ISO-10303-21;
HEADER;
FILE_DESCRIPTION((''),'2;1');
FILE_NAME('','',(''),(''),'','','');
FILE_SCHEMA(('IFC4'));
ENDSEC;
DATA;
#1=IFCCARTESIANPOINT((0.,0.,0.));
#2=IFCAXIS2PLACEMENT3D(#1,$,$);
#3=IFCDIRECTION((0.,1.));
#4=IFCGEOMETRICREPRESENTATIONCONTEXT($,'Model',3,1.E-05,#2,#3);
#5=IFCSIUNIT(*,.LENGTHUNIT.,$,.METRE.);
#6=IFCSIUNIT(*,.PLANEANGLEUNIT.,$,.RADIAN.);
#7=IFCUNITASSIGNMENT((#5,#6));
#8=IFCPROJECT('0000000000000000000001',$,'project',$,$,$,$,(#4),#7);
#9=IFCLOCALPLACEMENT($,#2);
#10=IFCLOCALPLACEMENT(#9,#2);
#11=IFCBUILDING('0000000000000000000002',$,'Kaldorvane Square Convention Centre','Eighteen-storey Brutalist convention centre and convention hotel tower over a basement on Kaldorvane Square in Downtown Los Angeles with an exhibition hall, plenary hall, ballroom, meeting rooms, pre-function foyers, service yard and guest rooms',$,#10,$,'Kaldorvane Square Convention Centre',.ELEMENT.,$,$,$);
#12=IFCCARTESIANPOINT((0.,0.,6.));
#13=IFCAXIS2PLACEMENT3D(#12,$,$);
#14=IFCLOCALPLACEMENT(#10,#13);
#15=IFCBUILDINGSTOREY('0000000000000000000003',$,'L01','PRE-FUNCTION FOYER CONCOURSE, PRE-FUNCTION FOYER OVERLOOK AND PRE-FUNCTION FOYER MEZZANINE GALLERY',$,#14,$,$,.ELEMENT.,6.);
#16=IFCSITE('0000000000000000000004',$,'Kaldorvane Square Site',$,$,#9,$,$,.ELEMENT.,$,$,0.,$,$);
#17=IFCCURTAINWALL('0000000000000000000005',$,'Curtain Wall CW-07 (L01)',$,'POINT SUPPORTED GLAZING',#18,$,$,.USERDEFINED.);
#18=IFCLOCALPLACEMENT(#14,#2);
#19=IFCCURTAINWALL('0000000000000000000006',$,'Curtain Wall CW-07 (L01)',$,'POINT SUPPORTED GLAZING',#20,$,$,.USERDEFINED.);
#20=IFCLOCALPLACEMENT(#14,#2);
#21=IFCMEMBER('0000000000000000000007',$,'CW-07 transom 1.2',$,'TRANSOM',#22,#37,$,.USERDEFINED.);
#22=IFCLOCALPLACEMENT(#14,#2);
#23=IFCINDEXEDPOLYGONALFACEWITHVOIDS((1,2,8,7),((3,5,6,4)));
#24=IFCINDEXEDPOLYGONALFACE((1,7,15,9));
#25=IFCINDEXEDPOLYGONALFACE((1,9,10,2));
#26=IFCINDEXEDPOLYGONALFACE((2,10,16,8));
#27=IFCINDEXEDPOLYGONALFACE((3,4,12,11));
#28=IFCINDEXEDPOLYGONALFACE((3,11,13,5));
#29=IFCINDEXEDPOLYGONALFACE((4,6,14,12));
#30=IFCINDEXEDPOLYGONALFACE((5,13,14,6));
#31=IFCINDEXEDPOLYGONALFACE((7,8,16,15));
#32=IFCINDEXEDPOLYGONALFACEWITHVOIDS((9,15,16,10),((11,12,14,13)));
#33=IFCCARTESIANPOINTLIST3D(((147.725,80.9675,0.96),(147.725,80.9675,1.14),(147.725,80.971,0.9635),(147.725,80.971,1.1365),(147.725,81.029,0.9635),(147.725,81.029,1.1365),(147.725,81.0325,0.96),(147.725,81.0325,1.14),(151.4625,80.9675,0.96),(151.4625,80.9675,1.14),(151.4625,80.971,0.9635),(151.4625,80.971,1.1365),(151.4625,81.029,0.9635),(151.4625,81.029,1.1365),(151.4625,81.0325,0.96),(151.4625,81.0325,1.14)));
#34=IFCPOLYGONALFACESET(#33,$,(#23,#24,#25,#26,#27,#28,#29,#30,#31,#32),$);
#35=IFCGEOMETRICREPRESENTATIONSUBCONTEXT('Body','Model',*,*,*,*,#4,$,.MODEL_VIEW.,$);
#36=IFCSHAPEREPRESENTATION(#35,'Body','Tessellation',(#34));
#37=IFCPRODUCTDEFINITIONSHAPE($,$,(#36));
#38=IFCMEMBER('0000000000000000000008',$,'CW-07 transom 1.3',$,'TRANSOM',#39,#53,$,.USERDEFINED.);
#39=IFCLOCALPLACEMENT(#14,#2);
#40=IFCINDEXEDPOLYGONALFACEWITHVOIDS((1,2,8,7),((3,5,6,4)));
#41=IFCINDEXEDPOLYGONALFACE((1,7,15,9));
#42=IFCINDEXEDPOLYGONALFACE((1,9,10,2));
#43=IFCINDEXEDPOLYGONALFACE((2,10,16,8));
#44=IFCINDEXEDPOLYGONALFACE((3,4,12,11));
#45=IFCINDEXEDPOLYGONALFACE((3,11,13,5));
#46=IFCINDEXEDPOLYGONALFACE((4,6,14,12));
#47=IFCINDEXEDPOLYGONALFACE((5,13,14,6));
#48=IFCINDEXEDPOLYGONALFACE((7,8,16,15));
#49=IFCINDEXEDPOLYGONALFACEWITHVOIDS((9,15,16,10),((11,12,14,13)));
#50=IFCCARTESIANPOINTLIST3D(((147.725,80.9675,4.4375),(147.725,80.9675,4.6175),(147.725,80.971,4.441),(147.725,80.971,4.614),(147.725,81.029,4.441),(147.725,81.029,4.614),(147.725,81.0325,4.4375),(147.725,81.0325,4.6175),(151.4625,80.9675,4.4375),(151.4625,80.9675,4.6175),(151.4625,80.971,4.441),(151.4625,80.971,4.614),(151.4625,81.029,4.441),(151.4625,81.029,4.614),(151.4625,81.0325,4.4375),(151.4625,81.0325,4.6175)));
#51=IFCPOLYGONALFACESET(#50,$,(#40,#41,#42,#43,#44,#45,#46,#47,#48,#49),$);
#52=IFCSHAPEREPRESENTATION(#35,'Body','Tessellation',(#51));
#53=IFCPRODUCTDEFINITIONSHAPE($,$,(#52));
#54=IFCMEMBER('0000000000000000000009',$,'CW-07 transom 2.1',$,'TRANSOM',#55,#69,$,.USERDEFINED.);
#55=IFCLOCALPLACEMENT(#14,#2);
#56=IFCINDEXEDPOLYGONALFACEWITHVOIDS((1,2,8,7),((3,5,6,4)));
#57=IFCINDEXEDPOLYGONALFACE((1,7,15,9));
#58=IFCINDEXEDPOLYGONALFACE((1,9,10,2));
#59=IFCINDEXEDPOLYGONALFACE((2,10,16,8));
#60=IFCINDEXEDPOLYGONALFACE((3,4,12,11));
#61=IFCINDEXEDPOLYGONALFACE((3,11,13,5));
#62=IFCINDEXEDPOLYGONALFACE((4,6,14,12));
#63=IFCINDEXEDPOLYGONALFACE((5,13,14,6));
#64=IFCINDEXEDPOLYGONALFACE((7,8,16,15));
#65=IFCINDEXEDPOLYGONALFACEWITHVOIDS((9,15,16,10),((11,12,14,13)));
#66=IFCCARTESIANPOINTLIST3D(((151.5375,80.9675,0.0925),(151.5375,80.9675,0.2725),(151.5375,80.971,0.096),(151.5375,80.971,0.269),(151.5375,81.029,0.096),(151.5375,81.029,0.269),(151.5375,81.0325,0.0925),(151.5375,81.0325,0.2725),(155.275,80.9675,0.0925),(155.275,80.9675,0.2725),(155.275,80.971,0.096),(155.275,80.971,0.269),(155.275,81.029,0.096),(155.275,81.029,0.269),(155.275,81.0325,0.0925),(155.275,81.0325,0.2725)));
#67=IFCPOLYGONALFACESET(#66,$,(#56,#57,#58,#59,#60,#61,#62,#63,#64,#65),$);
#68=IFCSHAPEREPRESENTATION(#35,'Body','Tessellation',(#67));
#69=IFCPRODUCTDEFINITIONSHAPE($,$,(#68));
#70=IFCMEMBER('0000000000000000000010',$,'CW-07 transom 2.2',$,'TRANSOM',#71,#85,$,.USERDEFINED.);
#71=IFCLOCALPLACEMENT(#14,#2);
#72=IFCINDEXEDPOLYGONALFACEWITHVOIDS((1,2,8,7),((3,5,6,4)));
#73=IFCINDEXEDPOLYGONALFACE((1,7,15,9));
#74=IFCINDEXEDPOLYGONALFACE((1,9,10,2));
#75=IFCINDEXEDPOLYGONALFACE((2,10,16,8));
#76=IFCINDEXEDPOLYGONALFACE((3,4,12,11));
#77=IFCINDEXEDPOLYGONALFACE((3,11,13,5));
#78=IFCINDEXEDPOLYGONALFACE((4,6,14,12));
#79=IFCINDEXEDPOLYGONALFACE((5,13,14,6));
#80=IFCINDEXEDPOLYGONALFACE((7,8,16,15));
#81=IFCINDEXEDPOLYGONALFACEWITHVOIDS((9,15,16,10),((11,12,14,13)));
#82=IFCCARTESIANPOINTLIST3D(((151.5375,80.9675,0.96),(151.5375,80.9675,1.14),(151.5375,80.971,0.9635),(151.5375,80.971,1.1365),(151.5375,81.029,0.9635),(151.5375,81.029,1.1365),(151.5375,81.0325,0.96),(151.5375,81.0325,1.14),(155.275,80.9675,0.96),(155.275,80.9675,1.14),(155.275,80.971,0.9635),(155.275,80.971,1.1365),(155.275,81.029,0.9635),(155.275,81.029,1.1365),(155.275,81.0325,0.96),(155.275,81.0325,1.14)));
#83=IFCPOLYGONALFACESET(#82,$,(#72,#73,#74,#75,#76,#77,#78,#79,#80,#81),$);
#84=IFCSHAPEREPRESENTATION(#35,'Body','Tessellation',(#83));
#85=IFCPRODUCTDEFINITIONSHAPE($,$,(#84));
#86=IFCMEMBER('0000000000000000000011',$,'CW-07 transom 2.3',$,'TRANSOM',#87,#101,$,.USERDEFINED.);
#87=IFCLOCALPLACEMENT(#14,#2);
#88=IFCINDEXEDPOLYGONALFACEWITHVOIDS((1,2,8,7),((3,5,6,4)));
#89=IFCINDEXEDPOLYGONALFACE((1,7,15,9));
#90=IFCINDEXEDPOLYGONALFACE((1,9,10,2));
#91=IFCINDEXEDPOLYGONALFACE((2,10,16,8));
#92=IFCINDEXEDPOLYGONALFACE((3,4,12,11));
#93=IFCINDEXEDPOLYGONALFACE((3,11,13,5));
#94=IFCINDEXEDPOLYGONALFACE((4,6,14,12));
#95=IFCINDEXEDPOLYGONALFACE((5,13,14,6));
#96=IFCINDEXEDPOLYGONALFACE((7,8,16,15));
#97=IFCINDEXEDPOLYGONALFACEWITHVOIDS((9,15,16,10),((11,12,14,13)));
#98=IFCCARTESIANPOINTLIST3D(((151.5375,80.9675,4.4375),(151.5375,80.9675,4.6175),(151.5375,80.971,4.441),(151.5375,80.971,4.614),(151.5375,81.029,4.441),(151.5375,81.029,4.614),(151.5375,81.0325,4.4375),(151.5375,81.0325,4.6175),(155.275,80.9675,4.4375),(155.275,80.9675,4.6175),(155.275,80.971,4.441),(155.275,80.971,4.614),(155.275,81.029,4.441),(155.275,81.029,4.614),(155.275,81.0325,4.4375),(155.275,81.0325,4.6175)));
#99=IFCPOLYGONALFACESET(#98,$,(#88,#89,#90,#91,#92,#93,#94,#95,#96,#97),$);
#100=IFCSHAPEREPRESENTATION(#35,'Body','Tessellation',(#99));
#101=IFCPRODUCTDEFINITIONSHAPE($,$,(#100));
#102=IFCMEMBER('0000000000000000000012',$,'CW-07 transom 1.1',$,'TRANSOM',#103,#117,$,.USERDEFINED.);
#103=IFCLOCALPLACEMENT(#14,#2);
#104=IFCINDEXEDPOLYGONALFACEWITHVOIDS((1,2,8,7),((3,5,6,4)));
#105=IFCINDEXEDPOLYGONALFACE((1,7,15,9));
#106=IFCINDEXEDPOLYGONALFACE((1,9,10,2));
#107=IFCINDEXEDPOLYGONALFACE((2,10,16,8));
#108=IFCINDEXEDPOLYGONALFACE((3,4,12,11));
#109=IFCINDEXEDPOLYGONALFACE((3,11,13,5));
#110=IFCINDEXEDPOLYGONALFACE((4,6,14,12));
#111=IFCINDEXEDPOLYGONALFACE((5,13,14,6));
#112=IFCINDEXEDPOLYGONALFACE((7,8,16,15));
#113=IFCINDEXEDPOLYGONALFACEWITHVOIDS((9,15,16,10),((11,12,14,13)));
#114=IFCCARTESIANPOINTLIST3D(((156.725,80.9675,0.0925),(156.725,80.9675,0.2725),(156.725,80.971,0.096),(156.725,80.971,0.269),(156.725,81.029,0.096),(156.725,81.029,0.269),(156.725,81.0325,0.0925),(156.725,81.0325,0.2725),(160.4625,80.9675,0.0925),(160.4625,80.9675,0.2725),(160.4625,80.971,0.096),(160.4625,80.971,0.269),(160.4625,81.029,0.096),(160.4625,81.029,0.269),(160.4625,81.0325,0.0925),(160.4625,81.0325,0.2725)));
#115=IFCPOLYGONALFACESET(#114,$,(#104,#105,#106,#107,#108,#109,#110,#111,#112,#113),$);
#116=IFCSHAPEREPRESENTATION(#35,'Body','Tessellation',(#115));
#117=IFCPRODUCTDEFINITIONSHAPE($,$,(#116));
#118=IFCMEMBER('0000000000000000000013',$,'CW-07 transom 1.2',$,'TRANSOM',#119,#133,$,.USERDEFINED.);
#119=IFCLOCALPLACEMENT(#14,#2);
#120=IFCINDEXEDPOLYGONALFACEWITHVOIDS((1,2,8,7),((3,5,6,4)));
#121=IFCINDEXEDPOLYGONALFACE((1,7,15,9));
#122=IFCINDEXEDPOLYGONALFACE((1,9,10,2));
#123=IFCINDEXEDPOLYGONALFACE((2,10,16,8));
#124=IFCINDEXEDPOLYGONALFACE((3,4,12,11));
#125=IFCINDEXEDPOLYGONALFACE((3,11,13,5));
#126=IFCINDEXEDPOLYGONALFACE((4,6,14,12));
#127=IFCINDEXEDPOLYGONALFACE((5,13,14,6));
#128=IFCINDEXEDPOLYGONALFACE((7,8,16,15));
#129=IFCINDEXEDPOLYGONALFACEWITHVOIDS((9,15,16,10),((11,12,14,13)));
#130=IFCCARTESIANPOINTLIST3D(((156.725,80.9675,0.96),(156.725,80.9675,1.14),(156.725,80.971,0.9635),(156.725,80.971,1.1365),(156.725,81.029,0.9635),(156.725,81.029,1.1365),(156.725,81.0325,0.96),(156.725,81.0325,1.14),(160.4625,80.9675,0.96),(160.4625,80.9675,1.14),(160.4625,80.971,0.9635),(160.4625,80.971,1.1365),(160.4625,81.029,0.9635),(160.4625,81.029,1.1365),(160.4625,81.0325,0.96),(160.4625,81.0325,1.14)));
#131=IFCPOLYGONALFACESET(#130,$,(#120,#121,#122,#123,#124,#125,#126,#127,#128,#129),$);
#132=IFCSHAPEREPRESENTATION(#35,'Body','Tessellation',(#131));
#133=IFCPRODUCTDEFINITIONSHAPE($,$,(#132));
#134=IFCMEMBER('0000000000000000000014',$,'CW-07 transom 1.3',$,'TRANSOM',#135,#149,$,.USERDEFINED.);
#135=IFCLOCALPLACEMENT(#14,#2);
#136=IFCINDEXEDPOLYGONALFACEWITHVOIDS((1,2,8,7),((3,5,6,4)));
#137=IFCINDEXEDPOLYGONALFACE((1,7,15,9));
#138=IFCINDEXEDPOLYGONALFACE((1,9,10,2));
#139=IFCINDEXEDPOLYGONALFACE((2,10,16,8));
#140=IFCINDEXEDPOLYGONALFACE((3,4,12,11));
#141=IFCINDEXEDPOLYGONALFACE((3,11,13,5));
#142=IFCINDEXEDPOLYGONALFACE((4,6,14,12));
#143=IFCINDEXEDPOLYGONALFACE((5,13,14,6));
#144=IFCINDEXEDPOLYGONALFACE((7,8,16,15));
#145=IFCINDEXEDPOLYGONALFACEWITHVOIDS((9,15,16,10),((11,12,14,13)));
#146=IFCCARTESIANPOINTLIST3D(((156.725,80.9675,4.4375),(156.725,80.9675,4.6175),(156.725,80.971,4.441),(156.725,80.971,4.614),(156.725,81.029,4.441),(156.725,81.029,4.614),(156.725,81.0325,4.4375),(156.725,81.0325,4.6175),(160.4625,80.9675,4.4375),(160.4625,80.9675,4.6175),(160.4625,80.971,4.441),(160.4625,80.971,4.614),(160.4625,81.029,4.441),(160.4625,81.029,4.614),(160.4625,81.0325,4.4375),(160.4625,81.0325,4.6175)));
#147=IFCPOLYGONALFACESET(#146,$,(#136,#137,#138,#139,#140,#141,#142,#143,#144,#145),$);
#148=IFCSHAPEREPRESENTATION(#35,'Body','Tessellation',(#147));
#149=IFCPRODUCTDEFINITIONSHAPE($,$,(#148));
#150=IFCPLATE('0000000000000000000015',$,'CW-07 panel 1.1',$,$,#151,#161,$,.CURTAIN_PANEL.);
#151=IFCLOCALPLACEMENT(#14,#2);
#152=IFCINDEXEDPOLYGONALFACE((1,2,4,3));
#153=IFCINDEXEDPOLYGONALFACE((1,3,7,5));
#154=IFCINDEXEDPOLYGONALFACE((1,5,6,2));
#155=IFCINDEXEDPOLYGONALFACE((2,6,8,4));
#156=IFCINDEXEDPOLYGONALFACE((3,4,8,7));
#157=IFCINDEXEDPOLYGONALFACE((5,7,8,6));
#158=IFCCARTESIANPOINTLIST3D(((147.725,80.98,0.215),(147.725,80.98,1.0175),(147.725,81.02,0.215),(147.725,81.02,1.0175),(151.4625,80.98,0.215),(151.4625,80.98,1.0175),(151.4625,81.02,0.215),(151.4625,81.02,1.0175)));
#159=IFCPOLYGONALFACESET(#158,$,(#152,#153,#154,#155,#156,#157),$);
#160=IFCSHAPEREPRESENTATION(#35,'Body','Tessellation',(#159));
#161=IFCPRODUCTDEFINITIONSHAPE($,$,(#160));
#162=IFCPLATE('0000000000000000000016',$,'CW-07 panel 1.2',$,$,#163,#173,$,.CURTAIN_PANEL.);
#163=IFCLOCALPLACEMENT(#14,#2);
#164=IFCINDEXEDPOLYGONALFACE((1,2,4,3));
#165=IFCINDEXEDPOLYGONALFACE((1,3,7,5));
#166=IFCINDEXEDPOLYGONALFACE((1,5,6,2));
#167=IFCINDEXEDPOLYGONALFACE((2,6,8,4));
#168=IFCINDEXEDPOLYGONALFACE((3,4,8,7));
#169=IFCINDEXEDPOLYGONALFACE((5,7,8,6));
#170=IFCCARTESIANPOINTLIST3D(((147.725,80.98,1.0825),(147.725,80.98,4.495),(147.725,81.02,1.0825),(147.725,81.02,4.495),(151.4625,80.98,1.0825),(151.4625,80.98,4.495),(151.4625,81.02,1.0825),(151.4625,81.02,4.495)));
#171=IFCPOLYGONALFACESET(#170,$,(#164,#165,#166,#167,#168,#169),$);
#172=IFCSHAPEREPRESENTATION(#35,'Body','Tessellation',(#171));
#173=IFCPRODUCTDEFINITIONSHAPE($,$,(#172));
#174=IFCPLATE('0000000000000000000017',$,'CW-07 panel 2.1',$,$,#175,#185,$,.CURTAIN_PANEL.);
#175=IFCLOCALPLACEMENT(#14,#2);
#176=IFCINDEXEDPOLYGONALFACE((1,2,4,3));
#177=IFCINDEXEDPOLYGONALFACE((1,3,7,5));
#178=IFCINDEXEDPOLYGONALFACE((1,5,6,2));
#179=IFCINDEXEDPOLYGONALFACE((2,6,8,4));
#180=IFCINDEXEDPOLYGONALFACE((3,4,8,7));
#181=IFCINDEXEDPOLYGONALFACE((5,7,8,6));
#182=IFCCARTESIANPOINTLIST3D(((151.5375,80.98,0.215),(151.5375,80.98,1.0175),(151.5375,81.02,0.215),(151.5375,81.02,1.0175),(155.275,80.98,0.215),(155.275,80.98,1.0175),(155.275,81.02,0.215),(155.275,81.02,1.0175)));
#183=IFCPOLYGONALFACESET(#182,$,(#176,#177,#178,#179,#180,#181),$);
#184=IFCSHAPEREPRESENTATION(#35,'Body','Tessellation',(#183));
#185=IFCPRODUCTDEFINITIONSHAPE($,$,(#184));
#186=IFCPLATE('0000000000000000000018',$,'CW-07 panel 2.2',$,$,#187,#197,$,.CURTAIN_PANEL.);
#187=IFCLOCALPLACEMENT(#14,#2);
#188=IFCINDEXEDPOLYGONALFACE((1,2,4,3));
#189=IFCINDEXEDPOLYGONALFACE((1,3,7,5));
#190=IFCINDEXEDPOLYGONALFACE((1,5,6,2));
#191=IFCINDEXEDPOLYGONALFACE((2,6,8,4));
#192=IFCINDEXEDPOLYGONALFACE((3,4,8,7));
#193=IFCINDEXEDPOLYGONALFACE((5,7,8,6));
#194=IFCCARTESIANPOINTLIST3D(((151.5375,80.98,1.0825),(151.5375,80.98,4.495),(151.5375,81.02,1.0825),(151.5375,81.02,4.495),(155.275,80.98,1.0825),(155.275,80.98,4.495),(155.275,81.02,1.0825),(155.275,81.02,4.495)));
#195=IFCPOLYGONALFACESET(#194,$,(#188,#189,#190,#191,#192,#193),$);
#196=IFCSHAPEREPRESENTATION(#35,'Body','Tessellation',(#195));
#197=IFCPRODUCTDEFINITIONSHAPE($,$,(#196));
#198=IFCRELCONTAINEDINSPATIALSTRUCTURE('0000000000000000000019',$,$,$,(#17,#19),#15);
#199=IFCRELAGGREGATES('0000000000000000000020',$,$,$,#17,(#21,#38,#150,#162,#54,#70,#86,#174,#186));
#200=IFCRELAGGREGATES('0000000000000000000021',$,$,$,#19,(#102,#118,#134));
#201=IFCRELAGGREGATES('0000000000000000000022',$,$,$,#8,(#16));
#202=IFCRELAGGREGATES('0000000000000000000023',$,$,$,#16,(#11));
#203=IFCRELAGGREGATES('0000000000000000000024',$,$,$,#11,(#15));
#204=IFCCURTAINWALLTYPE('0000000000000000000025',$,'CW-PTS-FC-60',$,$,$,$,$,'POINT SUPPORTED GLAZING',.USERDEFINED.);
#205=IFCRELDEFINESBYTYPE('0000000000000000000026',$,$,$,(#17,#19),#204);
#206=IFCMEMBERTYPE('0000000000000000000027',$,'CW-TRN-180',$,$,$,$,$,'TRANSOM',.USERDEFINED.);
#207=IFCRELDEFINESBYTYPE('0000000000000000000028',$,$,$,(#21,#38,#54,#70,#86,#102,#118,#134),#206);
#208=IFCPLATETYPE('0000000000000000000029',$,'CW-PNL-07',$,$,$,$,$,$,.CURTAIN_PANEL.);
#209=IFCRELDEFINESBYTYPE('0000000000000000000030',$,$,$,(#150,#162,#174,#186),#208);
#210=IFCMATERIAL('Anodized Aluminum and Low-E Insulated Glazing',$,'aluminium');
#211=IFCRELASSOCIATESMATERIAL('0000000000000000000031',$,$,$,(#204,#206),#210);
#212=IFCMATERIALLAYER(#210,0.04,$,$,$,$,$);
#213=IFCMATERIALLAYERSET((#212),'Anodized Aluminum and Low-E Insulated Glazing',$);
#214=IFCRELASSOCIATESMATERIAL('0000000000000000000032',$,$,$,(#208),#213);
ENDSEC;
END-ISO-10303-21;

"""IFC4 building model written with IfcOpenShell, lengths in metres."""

from ifc_helpers import new_model, si_unit, direction, frame, origin, origin_2d, place, context, subcontext, project, spatial, rectangle, hollow_rectangle, extrude, material, layer, layer_set, material_profile, profile_set, type_object, element, aggregate, save


model = new_model("IFC4")

# Units and contexts
model_context = context("Model", 3, precision=1e-05, world=origin(), true_north=direction((0.0, 1.0)))
body_context = subcontext(model_context, "Body", "Model", "MODEL_VIEW")
ifc_project = project(units=[si_unit("LENGTHUNIT", "METRE"), si_unit("PLANEANGLEUNIT", "RADIAN")], contexts=[model_context])

# Site, building, storey
site_placement = place(None, origin())
site = spatial("IfcSite", under=ifc_project, at=site_placement, Name="Kaldorvane Square Site", CompositionType="ELEMENT", RefElevation=0.0)
building_placement = place(site_placement, origin())
building = spatial("IfcBuilding", under=site, at=building_placement, Name="Kaldorvane Square Convention Centre", Description="Eighteen-storey Brutalist convention centre and convention hotel tower over a basement on Kaldorvane Square in Downtown Los Angeles with an exhibition hall, plenary hall, ballroom, meeting rooms, pre-function foyers, service yard and guest rooms", LongName="Kaldorvane Square Convention Centre", CompositionType="ELEMENT")
storey_placement = place(building_placement, frame((0.0, 0.0, 6.0)))
storey = spatial("IfcBuildingStorey", under=building, at=storey_placement, Name="L01", Description="PRE-FUNCTION FOYER CONCOURSE, PRE-FUNCTION FOYER OVERLOOK AND PRE-FUNCTION FOYER MEZZANINE GALLERY", CompositionType="ELEMENT", Elevation=6.0)

# Curtain wall
ifc_material_1 = material(Name="Anodized Aluminum and Low-E Insulated Glazing", Category="aluminium")
curtain_wall_type = type_object("IfcCurtainWallType", Name="CW-PTS-FC-60", ElementType="POINT SUPPORTED GLAZING", PredefinedType="USERDEFINED", material=ifc_material_1)
curtain_wall_1_placement = place(storey_placement, origin())
curtain_wall_1 = element("IfcCurtainWall", 1, at=curtain_wall_1_placement, inside=storey, type_object=curtain_wall_type, Name="Curtain Wall CW-07 (L01)", ObjectType="POINT SUPPORTED GLAZING", PredefinedType="USERDEFINED")

# Curtain wall
curtain_wall_2_placement = place(storey_placement, origin())
curtain_wall_2 = element("IfcCurtainWall", 2, at=curtain_wall_2_placement, inside=storey, type_object=curtain_wall_type, Name="Curtain Wall CW-07 (L01)", ObjectType="POINT SUPPORTED GLAZING", PredefinedType="USERDEFINED")

# Members
ifc_material_profile_1 = material_profile(ifc_material_1, hollow_rectangle(XDim=0.065, YDim=0.18, WallThickness=0.0035, at=origin_2d()), Name="CWT-180X65")
ifc_profile_set_1 = profile_set([ifc_material_profile_1], Name="Anodized Aluminum and Low-E Insulated Glazing")
member_type_1 = type_object("IfcMemberType", Name="CW-TRN-180", ElementType="TRANSOM", PredefinedType="USERDEFINED", material=ifc_profile_set_1)
member_1_placement = place(storey_placement, frame((147.725, 81.0, 1.05), z_axis=(1.0, 0.0, 0.0), x_axis=(0.0, 1.0, 0.0)))
member_1 = element("IfcMember", 3, at=member_1_placement, type_object=member_type_1, Name="CW-07 transom 1.2", ObjectType="TRANSOM", PredefinedType="USERDEFINED", context=body_context, shape_type="SweptSolid", body=[
    extrude(hollow_rectangle(XDim=0.065, YDim=0.18, WallThickness=0.0035, at=origin_2d()), origin(), (0.0, 0.0, 1.0), 3.7375),
])
member_2_placement = place(storey_placement, frame((147.725, 81.0, 4.5275), z_axis=(1.0, 0.0, 0.0), x_axis=(0.0, 1.0, 0.0)))
member_2 = element("IfcMember", 4, at=member_2_placement, type_object=member_type_1, Name="CW-07 transom 1.3", ObjectType="TRANSOM", PredefinedType="USERDEFINED", context=body_context, shape_type="SweptSolid", body=[
    extrude(hollow_rectangle(XDim=0.065, YDim=0.18, WallThickness=0.0035, at=origin_2d()), origin(), (0.0, 0.0, 1.0), 3.7375),
])
member_3_placement = place(storey_placement, frame((151.5375, 81.0, 0.1825), z_axis=(1.0, 0.0, 0.0), x_axis=(0.0, 1.0, 0.0)))
member_3 = element("IfcMember", 5, at=member_3_placement, type_object=member_type_1, Name="CW-07 transom 2.1", ObjectType="TRANSOM", PredefinedType="USERDEFINED", context=body_context, shape_type="SweptSolid", body=[
    extrude(hollow_rectangle(XDim=0.065, YDim=0.18, WallThickness=0.0035, at=origin_2d()), origin(), (0.0, 0.0, 1.0), 3.7375),
])
member_4_placement = place(storey_placement, frame((151.5375, 81.0, 1.05), z_axis=(1.0, 0.0, 0.0), x_axis=(0.0, 1.0, 0.0)))
member_4 = element("IfcMember", 6, at=member_4_placement, type_object=member_type_1, Name="CW-07 transom 2.2", ObjectType="TRANSOM", PredefinedType="USERDEFINED", context=body_context, shape_type="SweptSolid", body=[
    extrude(hollow_rectangle(XDim=0.065, YDim=0.18, WallThickness=0.0035, at=origin_2d()), origin(), (0.0, 0.0, 1.0), 3.7375),
])
member_5_placement = place(storey_placement, frame((151.5375, 81.0, 4.5275), z_axis=(1.0, 0.0, 0.0), x_axis=(0.0, 1.0, 0.0)))
member_5 = element("IfcMember", 7, at=member_5_placement, type_object=member_type_1, Name="CW-07 transom 2.3", ObjectType="TRANSOM", PredefinedType="USERDEFINED", context=body_context, shape_type="SweptSolid", body=[
    extrude(hollow_rectangle(XDim=0.065, YDim=0.18, WallThickness=0.0035, at=origin_2d()), origin(), (0.0, 0.0, 1.0), 3.7375),
])
member_6_placement = place(storey_placement, frame((156.725, 81.0, 0.1825), z_axis=(1.0, 0.0, 0.0), x_axis=(0.0, 1.0, 0.0)))
member_6 = element("IfcMember", 8, at=member_6_placement, type_object=member_type_1, Name="CW-07 transom 1.1", ObjectType="TRANSOM", PredefinedType="USERDEFINED", context=body_context, shape_type="SweptSolid", body=[
    extrude(hollow_rectangle(XDim=0.065, YDim=0.18, WallThickness=0.0035, at=origin_2d()), origin(), (0.0, 0.0, 1.0), 3.7375),
])
member_7_placement = place(storey_placement, frame((156.725, 81.0, 1.05), z_axis=(1.0, 0.0, 0.0), x_axis=(0.0, 1.0, 0.0)))
member_7 = element("IfcMember", 9, at=member_7_placement, type_object=member_type_1, Name="CW-07 transom 1.2", ObjectType="TRANSOM", PredefinedType="USERDEFINED", context=body_context, shape_type="SweptSolid", body=[
    extrude(hollow_rectangle(XDim=0.065, YDim=0.18, WallThickness=0.0035, at=origin_2d()), origin(), (0.0, 0.0, 1.0), 3.7375),
])
member_8_placement = place(storey_placement, frame((156.725, 81.0, 4.5275), z_axis=(1.0, 0.0, 0.0), x_axis=(0.0, 1.0, 0.0)))
member_8 = element("IfcMember", 10, at=member_8_placement, type_object=member_type_1, Name="CW-07 transom 1.3", ObjectType="TRANSOM", PredefinedType="USERDEFINED", context=body_context, shape_type="SweptSolid", body=[
    extrude(hollow_rectangle(XDim=0.065, YDim=0.18, WallThickness=0.0035, at=origin_2d()), origin(), (0.0, 0.0, 1.0), 3.7375),
])

# Plates
ifc_layer_1 = layer(ifc_material_1, 0.04)
ifc_layer_set_1 = layer_set([ifc_layer_1], Name="Anodized Aluminum and Low-E Insulated Glazing")
plate_type = type_object("IfcPlateType", Name="CW-PNL-07", PredefinedType="CURTAIN_PANEL", material=ifc_layer_set_1)
plate_1_placement = place(storey_placement, frame((149.5938, 81.0, 0.215), z_axis=(0.0, 0.0, 1.0), x_axis=(1.0, 0.0, 0.0)))
plate_1 = element("IfcPlate", 11, at=plate_1_placement, type_object=plate_type, Name="CW-07 panel 1.1", PredefinedType="CURTAIN_PANEL", context=body_context, shape_type="SweptSolid", body=[
    extrude(rectangle(XDim=3.7375, YDim=0.04, at=origin_2d()), origin(), (0.0, 0.0, 1.0), 0.8025),
])
plate_2_placement = place(storey_placement, frame((149.5938, 81.0, 1.0825), z_axis=(0.0, 0.0, 1.0), x_axis=(1.0, 0.0, 0.0)))
plate_2 = element("IfcPlate", 12, at=plate_2_placement, type_object=plate_type, Name="CW-07 panel 1.2", PredefinedType="CURTAIN_PANEL", context=body_context, shape_type="SweptSolid", body=[
    extrude(rectangle(XDim=3.7375, YDim=0.04, at=origin_2d()), origin(), (0.0, 0.0, 1.0), 3.4125),
])
plate_3_placement = place(storey_placement, frame((153.4062, 81.0, 0.215), z_axis=(0.0, 0.0, 1.0), x_axis=(1.0, 0.0, 0.0)))
plate_3 = element("IfcPlate", 13, at=plate_3_placement, type_object=plate_type, Name="CW-07 panel 2.1", PredefinedType="CURTAIN_PANEL", context=body_context, shape_type="SweptSolid", body=[
    extrude(rectangle(XDim=3.7375, YDim=0.04, at=origin_2d()), origin(), (0.0, 0.0, 1.0), 0.8025),
])
plate_4_placement = place(storey_placement, frame((153.4062, 81.0, 1.0825), z_axis=(0.0, 0.0, 1.0), x_axis=(1.0, 0.0, 0.0)))
plate_4 = element("IfcPlate", 14, at=plate_4_placement, type_object=plate_type, Name="CW-07 panel 2.2", PredefinedType="CURTAIN_PANEL", context=body_context, shape_type="SweptSolid", body=[
    extrude(rectangle(XDim=3.7375, YDim=0.04, at=origin_2d()), origin(), (0.0, 0.0, 1.0), 3.4125),
])
aggregate(curtain_wall_1, [member_1, member_2, plate_1, plate_2, member_3, member_4, member_5, plate_3, plate_4])
aggregate(curtain_wall_2, [member_6, member_7, member_8])

save(model, "model.ifc")
